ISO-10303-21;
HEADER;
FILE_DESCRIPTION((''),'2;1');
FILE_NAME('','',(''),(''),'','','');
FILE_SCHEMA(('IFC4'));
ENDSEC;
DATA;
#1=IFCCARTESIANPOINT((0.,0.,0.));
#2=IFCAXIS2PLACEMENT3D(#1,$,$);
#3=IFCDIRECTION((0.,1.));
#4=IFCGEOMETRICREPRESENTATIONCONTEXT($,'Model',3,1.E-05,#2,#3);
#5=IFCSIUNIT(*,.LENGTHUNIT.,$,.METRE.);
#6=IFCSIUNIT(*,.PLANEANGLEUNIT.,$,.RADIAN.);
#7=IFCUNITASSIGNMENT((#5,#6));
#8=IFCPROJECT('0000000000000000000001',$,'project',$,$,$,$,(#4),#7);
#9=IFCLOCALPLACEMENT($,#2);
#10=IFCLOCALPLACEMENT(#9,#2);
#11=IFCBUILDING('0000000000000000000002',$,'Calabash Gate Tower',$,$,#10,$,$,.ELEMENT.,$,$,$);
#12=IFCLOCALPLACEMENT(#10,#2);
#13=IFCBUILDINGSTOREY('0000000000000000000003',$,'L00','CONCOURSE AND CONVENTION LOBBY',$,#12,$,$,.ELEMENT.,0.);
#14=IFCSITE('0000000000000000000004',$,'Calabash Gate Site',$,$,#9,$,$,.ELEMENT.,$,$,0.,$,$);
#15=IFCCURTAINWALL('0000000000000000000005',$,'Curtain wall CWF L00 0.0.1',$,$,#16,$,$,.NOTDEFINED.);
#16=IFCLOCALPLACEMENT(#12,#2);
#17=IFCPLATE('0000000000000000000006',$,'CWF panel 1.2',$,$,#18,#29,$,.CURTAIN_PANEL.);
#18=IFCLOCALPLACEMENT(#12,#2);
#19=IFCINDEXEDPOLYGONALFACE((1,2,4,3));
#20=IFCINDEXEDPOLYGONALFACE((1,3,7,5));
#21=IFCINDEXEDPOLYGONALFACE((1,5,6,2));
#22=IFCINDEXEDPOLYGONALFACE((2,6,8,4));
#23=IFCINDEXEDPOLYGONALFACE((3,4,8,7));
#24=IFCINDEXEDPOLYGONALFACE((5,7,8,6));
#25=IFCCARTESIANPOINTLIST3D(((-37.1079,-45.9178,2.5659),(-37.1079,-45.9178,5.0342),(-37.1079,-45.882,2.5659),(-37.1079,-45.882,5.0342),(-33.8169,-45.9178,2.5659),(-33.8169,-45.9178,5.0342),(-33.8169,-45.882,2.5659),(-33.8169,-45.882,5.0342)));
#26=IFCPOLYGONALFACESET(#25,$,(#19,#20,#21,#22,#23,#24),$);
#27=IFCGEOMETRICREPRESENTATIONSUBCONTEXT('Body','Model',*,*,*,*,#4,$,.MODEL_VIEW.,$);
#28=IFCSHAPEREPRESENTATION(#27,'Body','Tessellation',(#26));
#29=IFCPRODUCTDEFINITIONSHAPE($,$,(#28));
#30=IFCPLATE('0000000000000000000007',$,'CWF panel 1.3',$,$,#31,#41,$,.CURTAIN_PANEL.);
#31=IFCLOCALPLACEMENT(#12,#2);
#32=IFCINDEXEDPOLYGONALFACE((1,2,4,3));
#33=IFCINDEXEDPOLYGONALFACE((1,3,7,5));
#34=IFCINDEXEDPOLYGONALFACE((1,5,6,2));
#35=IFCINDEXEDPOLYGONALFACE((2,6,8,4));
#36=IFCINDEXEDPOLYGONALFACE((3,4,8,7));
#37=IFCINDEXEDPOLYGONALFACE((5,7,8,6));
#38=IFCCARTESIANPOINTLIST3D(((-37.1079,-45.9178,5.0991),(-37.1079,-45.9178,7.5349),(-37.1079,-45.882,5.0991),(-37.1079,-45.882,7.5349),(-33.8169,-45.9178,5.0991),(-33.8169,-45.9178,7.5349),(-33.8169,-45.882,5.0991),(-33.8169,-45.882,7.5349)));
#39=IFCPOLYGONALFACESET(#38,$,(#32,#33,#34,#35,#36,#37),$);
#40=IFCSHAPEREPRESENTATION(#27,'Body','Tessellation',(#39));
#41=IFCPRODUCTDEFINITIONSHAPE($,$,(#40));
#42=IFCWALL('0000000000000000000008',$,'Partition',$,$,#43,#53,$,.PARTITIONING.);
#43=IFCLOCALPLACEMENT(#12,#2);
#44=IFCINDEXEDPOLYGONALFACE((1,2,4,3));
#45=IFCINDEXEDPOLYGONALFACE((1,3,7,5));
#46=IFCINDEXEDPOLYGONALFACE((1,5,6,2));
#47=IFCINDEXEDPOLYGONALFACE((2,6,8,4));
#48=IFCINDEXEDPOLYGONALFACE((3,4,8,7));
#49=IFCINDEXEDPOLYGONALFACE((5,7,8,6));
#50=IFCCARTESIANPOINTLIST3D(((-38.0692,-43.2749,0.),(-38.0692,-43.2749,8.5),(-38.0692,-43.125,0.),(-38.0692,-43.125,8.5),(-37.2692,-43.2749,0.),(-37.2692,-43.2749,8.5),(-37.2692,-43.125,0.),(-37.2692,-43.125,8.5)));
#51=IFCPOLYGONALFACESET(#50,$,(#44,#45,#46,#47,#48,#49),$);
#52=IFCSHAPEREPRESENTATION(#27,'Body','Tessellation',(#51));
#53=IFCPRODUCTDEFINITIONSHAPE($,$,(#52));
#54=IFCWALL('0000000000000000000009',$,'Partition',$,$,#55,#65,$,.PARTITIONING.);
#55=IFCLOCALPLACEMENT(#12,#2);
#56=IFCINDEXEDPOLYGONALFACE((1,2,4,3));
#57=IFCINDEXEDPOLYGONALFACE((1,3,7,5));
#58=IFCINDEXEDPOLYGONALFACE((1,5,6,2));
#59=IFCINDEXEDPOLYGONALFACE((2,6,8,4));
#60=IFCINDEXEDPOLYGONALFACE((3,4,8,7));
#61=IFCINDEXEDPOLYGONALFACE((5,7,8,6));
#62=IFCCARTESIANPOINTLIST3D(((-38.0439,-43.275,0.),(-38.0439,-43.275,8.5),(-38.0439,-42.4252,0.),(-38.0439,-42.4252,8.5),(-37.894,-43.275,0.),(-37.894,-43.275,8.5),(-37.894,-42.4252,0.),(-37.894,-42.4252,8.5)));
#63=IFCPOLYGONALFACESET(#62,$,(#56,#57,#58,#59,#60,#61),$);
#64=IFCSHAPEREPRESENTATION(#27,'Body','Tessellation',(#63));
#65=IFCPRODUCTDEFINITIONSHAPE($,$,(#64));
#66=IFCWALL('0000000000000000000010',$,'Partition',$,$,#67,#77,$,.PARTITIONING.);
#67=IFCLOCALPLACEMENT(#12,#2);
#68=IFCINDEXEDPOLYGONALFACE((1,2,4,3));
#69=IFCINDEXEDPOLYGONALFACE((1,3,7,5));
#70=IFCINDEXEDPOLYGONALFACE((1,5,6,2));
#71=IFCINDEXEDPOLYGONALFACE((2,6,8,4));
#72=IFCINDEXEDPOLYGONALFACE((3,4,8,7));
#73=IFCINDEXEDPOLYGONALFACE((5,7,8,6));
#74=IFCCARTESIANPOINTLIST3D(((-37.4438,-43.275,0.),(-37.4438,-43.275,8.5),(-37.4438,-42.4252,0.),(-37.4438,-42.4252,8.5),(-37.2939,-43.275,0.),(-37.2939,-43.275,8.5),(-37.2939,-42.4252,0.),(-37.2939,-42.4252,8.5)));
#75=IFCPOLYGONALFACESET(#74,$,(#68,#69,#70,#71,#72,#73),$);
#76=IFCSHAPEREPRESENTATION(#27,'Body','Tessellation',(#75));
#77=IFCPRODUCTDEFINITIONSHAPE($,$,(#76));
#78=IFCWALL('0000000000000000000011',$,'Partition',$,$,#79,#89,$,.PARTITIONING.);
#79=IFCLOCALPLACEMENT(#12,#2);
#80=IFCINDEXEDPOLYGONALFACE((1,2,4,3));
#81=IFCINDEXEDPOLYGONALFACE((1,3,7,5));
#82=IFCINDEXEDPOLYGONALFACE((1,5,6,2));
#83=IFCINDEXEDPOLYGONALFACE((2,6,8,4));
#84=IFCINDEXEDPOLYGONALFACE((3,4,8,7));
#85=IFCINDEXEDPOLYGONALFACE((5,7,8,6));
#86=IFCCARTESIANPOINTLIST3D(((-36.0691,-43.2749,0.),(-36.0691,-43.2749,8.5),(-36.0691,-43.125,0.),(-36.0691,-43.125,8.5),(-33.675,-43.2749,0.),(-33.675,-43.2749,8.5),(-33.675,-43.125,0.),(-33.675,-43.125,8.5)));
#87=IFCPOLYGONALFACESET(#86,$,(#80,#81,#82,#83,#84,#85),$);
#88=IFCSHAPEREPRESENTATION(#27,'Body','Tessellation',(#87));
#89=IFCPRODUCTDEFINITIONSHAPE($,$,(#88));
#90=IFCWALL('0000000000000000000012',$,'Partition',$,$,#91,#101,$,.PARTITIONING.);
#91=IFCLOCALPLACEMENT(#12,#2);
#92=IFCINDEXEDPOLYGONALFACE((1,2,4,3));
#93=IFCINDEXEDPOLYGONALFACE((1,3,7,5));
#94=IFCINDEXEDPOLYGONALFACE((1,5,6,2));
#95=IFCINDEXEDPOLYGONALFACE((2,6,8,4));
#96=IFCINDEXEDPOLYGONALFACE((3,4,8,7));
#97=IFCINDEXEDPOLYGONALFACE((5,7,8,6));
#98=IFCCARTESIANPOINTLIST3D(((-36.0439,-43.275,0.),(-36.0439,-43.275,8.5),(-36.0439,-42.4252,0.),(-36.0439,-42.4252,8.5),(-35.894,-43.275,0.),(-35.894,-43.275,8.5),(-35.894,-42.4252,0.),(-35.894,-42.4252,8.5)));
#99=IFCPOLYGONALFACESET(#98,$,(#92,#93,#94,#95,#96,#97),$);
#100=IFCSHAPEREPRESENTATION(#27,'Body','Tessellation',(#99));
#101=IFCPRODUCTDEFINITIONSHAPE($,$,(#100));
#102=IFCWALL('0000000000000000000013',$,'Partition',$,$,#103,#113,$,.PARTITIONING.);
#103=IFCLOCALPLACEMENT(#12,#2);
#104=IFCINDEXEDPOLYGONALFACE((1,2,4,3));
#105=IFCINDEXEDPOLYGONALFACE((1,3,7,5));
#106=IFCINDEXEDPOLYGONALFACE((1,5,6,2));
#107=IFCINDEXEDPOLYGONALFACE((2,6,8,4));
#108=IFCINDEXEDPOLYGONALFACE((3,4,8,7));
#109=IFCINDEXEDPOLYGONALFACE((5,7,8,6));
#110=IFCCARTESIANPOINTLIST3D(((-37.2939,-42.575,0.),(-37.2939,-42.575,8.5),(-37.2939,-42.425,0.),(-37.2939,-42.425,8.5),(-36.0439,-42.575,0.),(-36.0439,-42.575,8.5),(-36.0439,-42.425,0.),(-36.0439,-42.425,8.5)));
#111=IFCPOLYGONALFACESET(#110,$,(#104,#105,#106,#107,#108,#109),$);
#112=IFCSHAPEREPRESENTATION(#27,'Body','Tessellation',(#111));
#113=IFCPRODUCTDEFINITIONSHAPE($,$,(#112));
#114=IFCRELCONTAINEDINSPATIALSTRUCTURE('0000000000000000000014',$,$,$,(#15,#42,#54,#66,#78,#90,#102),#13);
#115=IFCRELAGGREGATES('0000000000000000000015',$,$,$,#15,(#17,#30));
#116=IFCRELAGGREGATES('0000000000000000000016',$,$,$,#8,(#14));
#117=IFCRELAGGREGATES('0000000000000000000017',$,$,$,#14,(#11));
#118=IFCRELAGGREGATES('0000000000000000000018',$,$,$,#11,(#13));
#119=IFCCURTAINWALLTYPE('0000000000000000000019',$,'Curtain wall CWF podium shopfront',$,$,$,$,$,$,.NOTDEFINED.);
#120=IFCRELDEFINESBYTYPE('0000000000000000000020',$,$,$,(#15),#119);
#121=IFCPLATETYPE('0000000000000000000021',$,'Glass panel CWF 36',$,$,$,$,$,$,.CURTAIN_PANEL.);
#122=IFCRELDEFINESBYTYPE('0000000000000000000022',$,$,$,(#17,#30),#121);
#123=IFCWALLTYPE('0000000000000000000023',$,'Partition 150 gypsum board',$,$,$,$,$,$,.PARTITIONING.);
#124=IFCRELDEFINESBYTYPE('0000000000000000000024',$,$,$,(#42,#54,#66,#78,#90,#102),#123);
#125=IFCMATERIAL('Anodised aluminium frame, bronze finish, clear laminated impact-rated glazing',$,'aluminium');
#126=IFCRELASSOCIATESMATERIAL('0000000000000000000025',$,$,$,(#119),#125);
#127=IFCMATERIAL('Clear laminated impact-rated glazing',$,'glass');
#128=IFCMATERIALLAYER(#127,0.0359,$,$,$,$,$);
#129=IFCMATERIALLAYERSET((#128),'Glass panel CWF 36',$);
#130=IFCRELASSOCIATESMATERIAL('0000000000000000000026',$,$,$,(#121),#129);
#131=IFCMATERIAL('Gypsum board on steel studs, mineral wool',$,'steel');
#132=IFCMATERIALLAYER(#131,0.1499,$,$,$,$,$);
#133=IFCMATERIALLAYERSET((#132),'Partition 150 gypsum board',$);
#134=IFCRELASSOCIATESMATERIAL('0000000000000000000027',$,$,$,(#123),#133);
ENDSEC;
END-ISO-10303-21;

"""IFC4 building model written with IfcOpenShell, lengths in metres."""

from ifc_helpers import new_model, si_unit, direction, frame, frame_2d, origin, origin_2d, place, context, subcontext, project, spatial, rectangle, extrude, material, layer, layer_set, type_object, element, aggregate, save


model = new_model("IFC4")

# Units and contexts
model_context = context("Model", 3, precision=1e-05, world=origin(), true_north=direction((0.0, 1.0)))
body_context = subcontext(model_context, "Body", "Model", "MODEL_VIEW")
ifc_project = project(units=[si_unit("LENGTHUNIT", "METRE"), si_unit("PLANEANGLEUNIT", "RADIAN")], contexts=[model_context])

# Site, building, storey
site_placement = place(None, origin())
site = spatial("IfcSite", under=ifc_project, at=site_placement, Name="Calabash Gate Site", CompositionType="ELEMENT", RefElevation=0.0)
building_placement = place(site_placement, origin())
building = spatial("IfcBuilding", under=site, at=building_placement, Name="Calabash Gate Tower", CompositionType="ELEMENT")
storey_placement = place(building_placement, origin())
storey = spatial("IfcBuildingStorey", under=building, at=storey_placement, Name="L00", Description="CONCOURSE AND CONVENTION LOBBY", CompositionType="ELEMENT", Elevation=0.0)

# Shared definitions
ifc_material_1 = material(Name="Anodised aluminium frame, bronze finish, clear laminated impact-rated glazing", Category="aluminium")
curtain_wall_type = type_object("IfcCurtainWallType", Name="Curtain wall CWF podium shopfront", PredefinedType="NOTDEFINED", material=ifc_material_1)

# Curtain wall, plates
curtain_wall_1_placement = place(storey_placement, origin())
curtain_wall_1 = element("IfcCurtainWall", 1, at=curtain_wall_1_placement, inside=storey, type_object=curtain_wall_type, Name="Curtain wall CWF L00 0.0.1", PredefinedType="NOTDEFINED")
ifc_material_2 = material(Name="Clear laminated impact-rated glazing", Category="glass")
ifc_layer_1 = layer(ifc_material_2, 0.0359)
ifc_layer_set_1 = layer_set([ifc_layer_1], Name="Glass panel CWF 36")
plate_type = type_object("IfcPlateType", Name="Glass panel CWF 36", PredefinedType="CURTAIN_PANEL", material=ifc_layer_set_1)
plate_1_placement = place(storey_placement, frame((-35.4624, -45.8999, 2.5659), z_axis=(0.0, 0.0, 1.0), x_axis=(1.0, 0.0, 0.0)))
plate_1 = element("IfcPlate", 2, at=plate_1_placement, type_object=plate_type, Name="CWF panel 1.2", PredefinedType="CURTAIN_PANEL", context=body_context, shape_type="SweptSolid", body=[
    extrude(rectangle(XDim=3.291, YDim=0.0359, at=origin_2d()), origin(), (0.0, 0.0, 1.0), 2.4683),
])
plate_2_placement = place(storey_placement, frame((-35.4624, -45.8999, 5.0991), z_axis=(0.0, 0.0, 1.0), x_axis=(1.0, 0.0, 0.0)))
plate_2 = element("IfcPlate", 3, at=plate_2_placement, type_object=plate_type, Name="CWF panel 1.3", PredefinedType="CURTAIN_PANEL", context=body_context, shape_type="SweptSolid", body=[
    extrude(rectangle(XDim=3.291, YDim=0.0359, at=origin_2d()), origin(), (0.0, 0.0, 1.0), 2.4358),
])
aggregate(curtain_wall_1, [plate_1, plate_2])

# Walls
ifc_material_3 = material(Name="Gypsum board on steel studs, mineral wool", Category="steel")
ifc_layer_2 = layer(ifc_material_3, 0.1499)
ifc_layer_set_2 = layer_set([ifc_layer_2], Name="Partition 150 gypsum board")
wall_type = type_object("IfcWallType", Name="Partition 150 gypsum board", PredefinedType="PARTITIONING", material=ifc_layer_set_2)
wall_1_placement = place(storey_placement, frame((-38.0691, -43.2, 0.0), z_axis=(0.0, 0.0, 1.0), x_axis=(1.0, 0.0, 0.0)))
element("IfcWall", 4, at=wall_1_placement, inside=storey, type_object=wall_type, Name="Partition", PredefinedType="PARTITIONING", context=body_context, shape_type="SweptSolid", body=[
    extrude(rectangle(XDim=0.8, YDim=0.1499, at=frame_2d((0.3999, 0.0))), origin(), (0.0, 0.0, 1.0), 8.5),
])
for number, where, z_axis, x_axis, name in (
    (5, (-37.969, -43.2749, 0.0), (0.0, 0.0, 1.0), (0.0, 1.0, 0.0), "Partition"),
    (6, (-37.3689, -43.2749, 0.0), (0.0, 0.0, 1.0), (0.0, 1.0, 0.0), "Partition"),
):
    element("IfcWall", number, at=place(storey_placement, frame(where, z_axis=z_axis, x_axis=x_axis)), inside=storey, type_object=wall_type, Name=name, PredefinedType="PARTITIONING", context=body_context, shape_type="SweptSolid", body=[
        extrude(rectangle(XDim=0.8499, YDim=0.1499, at=frame_2d((0.4248, 0.0))), origin(), (0.0, 0.0, 1.0), 8.5),
    ])
wall_2_placement = place(storey_placement, frame((-36.0691, -43.2, 0.0), z_axis=(0.0, 0.0, 1.0), x_axis=(1.0, 0.0, 0.0)))
element("IfcWall", 7, at=wall_2_placement, inside=storey, type_object=wall_type, Name="Partition", PredefinedType="PARTITIONING", context=body_context, shape_type="SweptSolid", body=[
    extrude(rectangle(XDim=2.394, YDim=0.1499, at=frame_2d((1.197, 0.0))), origin(), (0.0, 0.0, 1.0), 8.5),
])
wall_3_placement = place(storey_placement, frame((-35.969, -43.2749, 0.0), z_axis=(0.0, 0.0, 1.0), x_axis=(0.0, 1.0, 0.0)))
element("IfcWall", 8, at=wall_3_placement, inside=storey, type_object=wall_type, Name="Partition", PredefinedType="PARTITIONING", context=body_context, shape_type="SweptSolid", body=[
    extrude(rectangle(XDim=0.8499, YDim=0.1499, at=frame_2d((0.4248, 0.0))), origin(), (0.0, 0.0, 1.0), 8.5),
])
wall_4_placement = place(storey_placement, frame((-37.2939, -42.5, 0.0), z_axis=(0.0, 0.0, 1.0), x_axis=(1.0, 0.0, 0.0)))
element("IfcWall", 9, at=wall_4_placement, inside=storey, type_object=wall_type, Name="Partition", PredefinedType="PARTITIONING", context=body_context, shape_type="SweptSolid", body=[
    extrude(rectangle(XDim=1.25, YDim=0.1499, at=frame_2d((0.625, 0.0))), origin(), (0.0, 0.0, 1.0), 8.5),
])

save(model, "model.ifc")
